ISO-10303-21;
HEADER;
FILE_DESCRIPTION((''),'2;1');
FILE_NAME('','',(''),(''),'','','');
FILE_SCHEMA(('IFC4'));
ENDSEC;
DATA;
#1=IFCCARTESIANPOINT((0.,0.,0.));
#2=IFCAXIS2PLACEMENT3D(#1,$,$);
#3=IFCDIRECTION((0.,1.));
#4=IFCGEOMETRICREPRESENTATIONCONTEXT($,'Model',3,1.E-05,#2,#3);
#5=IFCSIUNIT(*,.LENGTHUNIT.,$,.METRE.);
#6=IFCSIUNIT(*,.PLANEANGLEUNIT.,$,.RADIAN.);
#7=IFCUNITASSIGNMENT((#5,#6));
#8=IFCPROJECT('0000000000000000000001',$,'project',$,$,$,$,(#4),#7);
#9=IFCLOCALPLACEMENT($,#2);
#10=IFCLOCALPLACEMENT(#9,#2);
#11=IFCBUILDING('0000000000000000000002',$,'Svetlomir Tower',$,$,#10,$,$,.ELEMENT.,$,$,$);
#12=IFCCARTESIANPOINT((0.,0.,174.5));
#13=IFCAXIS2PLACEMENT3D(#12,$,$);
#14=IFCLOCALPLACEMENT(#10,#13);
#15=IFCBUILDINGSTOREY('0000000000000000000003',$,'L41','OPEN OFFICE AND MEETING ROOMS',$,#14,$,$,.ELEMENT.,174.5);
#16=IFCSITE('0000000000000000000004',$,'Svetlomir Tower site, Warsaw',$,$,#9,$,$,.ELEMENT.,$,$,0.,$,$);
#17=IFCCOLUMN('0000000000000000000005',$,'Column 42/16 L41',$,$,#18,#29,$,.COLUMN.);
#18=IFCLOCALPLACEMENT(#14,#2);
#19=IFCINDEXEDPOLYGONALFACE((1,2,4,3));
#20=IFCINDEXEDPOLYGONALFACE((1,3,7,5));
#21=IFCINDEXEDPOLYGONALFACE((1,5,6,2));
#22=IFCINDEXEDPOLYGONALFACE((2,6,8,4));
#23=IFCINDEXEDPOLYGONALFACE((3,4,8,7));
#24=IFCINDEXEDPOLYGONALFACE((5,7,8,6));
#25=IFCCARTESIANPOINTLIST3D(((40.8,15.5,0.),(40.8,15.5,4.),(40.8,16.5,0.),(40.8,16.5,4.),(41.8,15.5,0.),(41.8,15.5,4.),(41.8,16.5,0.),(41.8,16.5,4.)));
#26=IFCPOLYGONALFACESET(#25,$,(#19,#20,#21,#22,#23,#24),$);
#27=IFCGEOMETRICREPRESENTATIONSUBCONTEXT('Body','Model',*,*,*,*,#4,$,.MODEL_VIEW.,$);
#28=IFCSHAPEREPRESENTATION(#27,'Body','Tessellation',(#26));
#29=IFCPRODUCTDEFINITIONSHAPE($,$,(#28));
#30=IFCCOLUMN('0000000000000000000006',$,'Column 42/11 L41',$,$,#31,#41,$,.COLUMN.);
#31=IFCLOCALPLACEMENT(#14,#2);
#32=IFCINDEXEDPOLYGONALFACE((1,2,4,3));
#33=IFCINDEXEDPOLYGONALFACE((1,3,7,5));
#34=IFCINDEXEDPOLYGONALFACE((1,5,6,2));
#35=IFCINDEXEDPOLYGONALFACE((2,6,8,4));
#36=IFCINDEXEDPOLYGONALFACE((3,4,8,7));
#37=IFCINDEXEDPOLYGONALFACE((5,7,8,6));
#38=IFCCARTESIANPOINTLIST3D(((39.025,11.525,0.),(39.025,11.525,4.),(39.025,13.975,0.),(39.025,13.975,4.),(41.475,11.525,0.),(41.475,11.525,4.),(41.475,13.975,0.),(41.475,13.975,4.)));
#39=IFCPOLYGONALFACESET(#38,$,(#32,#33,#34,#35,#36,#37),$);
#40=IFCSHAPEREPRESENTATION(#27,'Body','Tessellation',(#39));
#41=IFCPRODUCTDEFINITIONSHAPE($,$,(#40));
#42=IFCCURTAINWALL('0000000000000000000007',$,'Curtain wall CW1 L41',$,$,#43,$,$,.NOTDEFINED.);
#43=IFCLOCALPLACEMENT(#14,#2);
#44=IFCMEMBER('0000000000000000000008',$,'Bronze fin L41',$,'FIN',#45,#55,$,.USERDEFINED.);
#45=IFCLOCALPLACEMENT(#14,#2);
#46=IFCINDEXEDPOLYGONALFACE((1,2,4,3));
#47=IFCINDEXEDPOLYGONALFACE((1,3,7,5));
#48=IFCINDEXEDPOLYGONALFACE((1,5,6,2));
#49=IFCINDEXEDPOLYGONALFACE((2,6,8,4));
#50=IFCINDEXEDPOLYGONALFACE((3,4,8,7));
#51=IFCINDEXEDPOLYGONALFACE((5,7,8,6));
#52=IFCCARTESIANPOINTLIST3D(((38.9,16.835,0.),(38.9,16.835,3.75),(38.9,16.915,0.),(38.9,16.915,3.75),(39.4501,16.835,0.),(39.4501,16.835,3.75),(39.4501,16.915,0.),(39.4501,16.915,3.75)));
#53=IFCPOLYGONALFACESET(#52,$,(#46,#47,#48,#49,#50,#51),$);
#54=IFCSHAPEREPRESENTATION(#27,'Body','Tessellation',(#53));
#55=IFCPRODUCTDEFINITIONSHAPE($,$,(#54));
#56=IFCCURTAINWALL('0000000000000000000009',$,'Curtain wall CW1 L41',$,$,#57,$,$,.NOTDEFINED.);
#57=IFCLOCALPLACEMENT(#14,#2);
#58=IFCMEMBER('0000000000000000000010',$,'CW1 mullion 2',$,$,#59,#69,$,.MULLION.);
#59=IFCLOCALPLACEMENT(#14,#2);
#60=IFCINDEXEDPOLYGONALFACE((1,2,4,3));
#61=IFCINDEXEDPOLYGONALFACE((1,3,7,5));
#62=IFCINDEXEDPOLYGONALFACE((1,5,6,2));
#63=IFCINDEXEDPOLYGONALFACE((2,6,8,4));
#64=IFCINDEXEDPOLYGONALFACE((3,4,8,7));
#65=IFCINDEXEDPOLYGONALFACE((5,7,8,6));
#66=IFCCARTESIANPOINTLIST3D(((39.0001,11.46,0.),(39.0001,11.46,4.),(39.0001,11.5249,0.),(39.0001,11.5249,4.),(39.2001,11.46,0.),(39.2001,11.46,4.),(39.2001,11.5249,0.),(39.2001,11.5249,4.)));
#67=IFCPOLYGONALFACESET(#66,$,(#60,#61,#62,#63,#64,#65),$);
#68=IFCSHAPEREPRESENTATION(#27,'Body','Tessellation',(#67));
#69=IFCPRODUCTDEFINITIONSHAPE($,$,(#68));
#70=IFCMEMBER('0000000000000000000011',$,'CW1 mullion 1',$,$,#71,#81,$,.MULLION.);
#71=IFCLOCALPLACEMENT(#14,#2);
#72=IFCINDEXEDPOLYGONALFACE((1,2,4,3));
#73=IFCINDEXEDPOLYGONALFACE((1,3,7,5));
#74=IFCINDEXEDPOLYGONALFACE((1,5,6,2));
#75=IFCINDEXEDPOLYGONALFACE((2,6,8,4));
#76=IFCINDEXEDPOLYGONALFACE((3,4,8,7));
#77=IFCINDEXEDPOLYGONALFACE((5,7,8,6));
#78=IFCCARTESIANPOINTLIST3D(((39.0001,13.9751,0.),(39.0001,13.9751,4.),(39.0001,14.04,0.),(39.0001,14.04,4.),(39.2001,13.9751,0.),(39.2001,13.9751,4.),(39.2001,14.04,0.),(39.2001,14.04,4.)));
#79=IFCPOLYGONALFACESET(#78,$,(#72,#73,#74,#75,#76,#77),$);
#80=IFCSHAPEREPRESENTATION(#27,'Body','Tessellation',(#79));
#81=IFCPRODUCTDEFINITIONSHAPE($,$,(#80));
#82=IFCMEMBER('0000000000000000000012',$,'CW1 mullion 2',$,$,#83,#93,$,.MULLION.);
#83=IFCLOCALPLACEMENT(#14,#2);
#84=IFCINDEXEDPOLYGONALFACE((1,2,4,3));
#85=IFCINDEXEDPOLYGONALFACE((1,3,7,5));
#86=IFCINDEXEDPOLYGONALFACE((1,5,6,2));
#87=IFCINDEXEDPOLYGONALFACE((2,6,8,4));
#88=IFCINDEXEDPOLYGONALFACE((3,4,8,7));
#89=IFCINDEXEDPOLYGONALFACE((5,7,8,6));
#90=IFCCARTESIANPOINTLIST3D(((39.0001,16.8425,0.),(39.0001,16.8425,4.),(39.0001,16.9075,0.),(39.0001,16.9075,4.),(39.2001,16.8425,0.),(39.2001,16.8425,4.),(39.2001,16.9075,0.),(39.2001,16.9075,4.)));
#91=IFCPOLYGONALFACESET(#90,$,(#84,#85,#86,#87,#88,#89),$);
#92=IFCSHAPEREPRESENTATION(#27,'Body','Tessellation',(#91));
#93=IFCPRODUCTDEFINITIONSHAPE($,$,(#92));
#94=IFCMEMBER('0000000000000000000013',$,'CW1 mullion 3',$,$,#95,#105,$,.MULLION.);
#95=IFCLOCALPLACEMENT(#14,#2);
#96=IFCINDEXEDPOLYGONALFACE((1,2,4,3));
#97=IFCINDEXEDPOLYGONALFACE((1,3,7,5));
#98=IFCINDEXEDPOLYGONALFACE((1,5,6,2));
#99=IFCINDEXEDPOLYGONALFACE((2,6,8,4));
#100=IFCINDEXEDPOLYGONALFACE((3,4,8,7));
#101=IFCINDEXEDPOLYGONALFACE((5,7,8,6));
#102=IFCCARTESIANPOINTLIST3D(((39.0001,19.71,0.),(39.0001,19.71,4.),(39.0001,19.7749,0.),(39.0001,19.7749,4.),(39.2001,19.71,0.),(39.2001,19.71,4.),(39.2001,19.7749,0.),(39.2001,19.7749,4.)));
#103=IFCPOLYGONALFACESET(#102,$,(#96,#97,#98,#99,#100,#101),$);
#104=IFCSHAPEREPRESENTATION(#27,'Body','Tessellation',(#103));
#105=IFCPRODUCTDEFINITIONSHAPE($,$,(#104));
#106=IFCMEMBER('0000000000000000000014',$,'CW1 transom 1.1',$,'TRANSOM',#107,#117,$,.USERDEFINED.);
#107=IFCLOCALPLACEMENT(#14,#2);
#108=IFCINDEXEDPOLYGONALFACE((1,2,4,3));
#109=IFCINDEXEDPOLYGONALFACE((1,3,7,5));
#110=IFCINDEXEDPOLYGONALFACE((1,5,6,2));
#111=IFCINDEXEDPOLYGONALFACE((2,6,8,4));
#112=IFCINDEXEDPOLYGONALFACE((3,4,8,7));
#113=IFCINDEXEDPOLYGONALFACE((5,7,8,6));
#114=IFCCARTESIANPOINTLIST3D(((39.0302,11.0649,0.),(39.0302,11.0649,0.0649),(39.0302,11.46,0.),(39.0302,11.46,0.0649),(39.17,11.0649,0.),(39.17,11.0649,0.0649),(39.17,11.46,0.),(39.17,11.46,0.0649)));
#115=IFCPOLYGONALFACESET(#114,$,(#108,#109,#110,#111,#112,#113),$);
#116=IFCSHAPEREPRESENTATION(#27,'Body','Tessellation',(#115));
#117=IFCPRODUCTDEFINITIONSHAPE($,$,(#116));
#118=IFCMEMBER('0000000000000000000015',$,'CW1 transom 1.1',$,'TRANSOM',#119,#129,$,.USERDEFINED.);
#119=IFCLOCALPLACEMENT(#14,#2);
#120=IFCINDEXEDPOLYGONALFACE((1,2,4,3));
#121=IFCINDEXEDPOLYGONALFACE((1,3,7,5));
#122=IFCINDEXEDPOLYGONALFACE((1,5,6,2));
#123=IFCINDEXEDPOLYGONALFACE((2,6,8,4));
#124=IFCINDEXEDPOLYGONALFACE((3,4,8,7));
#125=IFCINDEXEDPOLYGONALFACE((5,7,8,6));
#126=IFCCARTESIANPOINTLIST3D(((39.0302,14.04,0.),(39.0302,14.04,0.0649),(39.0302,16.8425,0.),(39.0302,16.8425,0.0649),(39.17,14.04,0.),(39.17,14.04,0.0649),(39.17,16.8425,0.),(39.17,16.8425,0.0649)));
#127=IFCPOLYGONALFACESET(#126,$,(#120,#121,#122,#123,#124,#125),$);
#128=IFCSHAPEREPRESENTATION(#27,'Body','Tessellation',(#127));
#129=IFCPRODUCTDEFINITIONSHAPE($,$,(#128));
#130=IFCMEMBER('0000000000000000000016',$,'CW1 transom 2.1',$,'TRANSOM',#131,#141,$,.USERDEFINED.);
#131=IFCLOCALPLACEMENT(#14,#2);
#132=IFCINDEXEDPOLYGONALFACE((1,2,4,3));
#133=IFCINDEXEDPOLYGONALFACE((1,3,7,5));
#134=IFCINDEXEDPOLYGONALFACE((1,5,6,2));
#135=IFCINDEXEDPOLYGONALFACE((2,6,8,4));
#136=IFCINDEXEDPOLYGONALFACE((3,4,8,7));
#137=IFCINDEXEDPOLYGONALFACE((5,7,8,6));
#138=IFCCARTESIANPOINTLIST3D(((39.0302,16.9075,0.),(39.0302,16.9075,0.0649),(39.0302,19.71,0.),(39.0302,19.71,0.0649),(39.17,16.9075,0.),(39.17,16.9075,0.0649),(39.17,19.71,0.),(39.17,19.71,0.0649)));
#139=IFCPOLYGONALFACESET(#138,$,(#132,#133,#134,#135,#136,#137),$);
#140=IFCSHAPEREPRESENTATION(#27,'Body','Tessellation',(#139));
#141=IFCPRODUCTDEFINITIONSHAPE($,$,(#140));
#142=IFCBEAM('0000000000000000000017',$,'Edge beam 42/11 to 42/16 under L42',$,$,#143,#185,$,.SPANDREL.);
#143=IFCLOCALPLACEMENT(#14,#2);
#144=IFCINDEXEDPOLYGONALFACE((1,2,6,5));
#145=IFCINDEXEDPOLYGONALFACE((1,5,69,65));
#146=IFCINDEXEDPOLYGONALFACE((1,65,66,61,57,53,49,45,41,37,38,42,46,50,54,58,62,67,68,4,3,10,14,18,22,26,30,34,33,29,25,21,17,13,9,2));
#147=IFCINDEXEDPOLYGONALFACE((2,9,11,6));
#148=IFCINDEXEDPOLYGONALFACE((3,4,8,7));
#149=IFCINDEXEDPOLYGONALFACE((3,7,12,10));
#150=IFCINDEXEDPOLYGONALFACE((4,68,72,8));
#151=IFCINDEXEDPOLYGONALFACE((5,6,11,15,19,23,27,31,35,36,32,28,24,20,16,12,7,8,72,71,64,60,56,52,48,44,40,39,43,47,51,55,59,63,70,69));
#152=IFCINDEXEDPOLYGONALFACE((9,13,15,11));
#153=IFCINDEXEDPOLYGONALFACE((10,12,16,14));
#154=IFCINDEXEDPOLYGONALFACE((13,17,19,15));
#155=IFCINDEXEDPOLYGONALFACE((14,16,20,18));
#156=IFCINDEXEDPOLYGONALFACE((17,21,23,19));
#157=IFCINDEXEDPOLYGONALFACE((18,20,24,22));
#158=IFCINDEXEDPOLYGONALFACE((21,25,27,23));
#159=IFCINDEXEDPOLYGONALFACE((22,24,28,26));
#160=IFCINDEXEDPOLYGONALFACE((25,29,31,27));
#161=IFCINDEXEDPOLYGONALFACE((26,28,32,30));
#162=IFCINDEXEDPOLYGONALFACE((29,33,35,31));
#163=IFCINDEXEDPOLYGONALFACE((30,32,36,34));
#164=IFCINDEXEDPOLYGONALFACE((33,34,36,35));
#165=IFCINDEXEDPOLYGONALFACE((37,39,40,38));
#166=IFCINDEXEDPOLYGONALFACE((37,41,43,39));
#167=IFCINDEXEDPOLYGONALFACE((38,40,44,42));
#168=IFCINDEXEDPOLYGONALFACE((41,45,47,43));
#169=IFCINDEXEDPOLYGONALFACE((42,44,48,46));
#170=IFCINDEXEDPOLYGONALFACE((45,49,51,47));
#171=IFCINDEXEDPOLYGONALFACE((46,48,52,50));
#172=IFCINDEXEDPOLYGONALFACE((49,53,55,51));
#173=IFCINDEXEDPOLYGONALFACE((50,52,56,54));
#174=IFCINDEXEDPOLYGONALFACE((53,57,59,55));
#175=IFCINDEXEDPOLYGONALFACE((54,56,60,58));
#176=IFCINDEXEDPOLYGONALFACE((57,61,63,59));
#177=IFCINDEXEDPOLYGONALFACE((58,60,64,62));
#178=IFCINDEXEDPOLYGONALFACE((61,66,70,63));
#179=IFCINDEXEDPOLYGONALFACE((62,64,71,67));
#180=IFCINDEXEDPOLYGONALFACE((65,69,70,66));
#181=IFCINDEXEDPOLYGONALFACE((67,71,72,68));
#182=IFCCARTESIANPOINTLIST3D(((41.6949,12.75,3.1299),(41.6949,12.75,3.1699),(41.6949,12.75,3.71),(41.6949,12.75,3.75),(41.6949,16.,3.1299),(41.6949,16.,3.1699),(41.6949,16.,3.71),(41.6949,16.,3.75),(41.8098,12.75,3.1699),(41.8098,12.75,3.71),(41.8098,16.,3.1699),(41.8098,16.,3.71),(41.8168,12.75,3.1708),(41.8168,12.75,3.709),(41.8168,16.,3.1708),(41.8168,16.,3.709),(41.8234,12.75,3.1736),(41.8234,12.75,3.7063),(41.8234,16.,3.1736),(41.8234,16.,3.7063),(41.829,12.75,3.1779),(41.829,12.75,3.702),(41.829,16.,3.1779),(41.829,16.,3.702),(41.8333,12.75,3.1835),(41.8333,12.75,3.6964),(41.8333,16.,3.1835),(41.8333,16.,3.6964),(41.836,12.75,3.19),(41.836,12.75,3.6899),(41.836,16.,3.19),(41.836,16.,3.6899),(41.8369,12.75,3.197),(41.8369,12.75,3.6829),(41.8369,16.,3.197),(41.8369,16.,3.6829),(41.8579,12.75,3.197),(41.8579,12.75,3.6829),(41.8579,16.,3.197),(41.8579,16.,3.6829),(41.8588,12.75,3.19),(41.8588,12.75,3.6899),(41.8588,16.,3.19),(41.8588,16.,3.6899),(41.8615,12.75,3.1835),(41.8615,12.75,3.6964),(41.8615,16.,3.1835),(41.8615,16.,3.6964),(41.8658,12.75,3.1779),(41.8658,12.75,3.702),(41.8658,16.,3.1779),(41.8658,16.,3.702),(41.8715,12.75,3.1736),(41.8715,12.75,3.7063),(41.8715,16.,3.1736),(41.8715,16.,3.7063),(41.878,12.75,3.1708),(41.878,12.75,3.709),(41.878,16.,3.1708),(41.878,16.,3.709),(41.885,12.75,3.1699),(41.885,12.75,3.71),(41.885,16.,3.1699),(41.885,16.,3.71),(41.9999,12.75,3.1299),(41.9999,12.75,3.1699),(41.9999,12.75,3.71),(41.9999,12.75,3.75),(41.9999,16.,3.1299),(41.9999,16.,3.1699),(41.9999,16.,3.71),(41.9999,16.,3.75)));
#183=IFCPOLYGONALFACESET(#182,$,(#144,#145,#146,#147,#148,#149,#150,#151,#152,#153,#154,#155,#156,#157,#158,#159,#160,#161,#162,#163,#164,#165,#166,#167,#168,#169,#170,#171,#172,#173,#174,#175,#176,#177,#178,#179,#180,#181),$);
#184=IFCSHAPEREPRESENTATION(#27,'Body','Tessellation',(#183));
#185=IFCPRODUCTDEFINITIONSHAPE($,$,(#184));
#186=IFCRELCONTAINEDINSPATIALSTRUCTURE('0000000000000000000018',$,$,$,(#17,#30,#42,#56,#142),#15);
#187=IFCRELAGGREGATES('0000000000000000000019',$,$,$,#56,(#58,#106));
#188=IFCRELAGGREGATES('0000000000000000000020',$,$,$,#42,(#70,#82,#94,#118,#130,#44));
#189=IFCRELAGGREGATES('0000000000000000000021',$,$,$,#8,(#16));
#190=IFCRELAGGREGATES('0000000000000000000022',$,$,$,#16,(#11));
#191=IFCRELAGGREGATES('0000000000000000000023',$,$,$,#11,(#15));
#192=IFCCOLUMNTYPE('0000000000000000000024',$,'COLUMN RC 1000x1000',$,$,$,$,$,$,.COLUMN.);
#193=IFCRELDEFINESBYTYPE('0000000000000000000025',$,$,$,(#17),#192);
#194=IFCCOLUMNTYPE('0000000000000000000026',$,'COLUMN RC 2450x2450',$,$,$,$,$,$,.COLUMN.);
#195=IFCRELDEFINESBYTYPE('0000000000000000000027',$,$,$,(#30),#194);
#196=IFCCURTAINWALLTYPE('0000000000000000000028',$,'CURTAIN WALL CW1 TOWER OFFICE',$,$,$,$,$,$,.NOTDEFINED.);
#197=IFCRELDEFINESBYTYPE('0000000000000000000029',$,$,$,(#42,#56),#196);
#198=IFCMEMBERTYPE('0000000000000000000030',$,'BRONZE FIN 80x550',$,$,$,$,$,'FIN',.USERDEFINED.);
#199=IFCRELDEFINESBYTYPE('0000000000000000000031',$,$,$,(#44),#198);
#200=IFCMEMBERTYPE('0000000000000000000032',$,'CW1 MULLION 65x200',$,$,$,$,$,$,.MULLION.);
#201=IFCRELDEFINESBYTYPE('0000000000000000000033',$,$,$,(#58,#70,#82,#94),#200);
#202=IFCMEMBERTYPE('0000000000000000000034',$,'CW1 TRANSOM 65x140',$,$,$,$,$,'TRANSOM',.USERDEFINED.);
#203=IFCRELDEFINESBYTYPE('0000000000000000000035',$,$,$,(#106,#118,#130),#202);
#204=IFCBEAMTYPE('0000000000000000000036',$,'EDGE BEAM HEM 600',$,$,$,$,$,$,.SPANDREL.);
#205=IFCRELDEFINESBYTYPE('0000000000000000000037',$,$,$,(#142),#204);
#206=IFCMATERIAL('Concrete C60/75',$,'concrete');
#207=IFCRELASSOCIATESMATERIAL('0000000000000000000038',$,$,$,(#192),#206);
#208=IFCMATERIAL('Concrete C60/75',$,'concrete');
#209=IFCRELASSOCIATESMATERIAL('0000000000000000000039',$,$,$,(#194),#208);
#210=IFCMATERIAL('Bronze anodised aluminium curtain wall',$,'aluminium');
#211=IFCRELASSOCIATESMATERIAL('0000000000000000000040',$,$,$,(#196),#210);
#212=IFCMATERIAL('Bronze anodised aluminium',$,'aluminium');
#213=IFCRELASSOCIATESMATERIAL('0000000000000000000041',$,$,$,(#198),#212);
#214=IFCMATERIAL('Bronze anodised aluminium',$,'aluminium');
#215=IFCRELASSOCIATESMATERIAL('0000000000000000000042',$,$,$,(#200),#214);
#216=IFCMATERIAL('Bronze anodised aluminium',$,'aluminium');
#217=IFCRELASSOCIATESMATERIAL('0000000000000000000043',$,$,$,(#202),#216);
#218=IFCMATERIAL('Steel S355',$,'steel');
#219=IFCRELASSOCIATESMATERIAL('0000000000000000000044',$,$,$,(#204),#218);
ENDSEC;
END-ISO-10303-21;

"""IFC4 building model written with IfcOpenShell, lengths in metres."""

from ifc_helpers import new_model, si_unit, direction, frame, origin, origin_2d, place, context, subcontext, project, spatial, rectangle, i_section, extrude, material, material_profile, profile_set, type_object, element, aggregate, save


model = new_model("IFC4")

# Units and contexts
model_context = context("Model", 3, precision=1e-05, world=origin(), true_north=direction((0.0, 1.0)))
body_context = subcontext(model_context, "Body", "Model", "MODEL_VIEW")
ifc_project = project(units=[si_unit("LENGTHUNIT", "METRE"), si_unit("PLANEANGLEUNIT", "RADIAN")], contexts=[model_context])

# Site, building, storey
site_placement = place(None, origin())
site = spatial("IfcSite", under=ifc_project, at=site_placement, Name="Svetlomir Tower site, Warsaw", CompositionType="ELEMENT", RefElevation=0.0)
building_placement = place(site_placement, origin())
building = spatial("IfcBuilding", under=site, at=building_placement, Name="Svetlomir Tower", CompositionType="ELEMENT")
storey_placement = place(building_placement, frame((0.0, 0.0, 174.5)))
storey = spatial("IfcBuildingStorey", under=building, at=storey_placement, Name="L41", Description="OPEN OFFICE AND MEETING ROOMS", CompositionType="ELEMENT", Elevation=174.5)

# Columns
ifc_material_1 = material(Name="Concrete C60/75", Category="concrete")
ifc_material_profile_1 = material_profile(ifc_material_1, rectangle(XDim=1.0, YDim=1.0, at=origin_2d()), Name="RC 1000x1000")
ifc_profile_set_1 = profile_set([ifc_material_profile_1], Name="Concrete C60/75")
column_type_1 = type_object("IfcColumnType", Name="COLUMN RC 1000x1000", PredefinedType="COLUMN", material=ifc_profile_set_1)
column_1_placement = place(storey_placement, frame((41.3, 16.0, 0.0), z_axis=(0.0, 0.0, 1.0), x_axis=(1.0, 0.0, 0.0)))
element("IfcColumn", 1, at=column_1_placement, inside=storey, type_object=column_type_1, Name="Column 42/16 L41", PredefinedType="COLUMN", context=body_context, shape_type="SweptSolid", body=[
    extrude(rectangle(XDim=1.0, YDim=1.0, at=origin_2d()), origin(), (0.0, 0.0, 1.0), 4.0),
])
ifc_material_2 = material(Name="Concrete C60/75", Category="concrete")
ifc_material_profile_2 = material_profile(ifc_material_2, rectangle(XDim=2.45, YDim=2.45, at=origin_2d()), Name="RC 2450x2450")
ifc_profile_set_2 = profile_set([ifc_material_profile_2], Name="Concrete C60/75")
column_type_2 = type_object("IfcColumnType", Name="COLUMN RC 2450x2450", PredefinedType="COLUMN", material=ifc_profile_set_2)
column_2_placement = place(storey_placement, frame((40.25, 12.75, 0.0), z_axis=(0.0, 0.0, 1.0), x_axis=(1.0, 0.0, 0.0)))
element("IfcColumn", 2, at=column_2_placement, inside=storey, type_object=column_type_2, Name="Column 42/11 L41", PredefinedType="COLUMN", context=body_context, shape_type="SweptSolid", body=[
    extrude(rectangle(XDim=2.45, YDim=2.45, at=origin_2d()), origin(), (0.0, 0.0, 1.0), 4.0),
])

# Curtain walls, members
ifc_material_3 = material(Name="Bronze anodised aluminium curtain wall", Category="aluminium")
curtain_wall_type = type_object("IfcCurtainWallType", Name="CURTAIN WALL CW1 TOWER OFFICE", PredefinedType="NOTDEFINED", material=ifc_material_3)
curtain_wall_1_placement = place(storey_placement, origin())
curtain_wall_1 = element("IfcCurtainWall", 3, at=curtain_wall_1_placement, inside=storey, type_object=curtain_wall_type, Name="Curtain wall CW1 L41", PredefinedType="NOTDEFINED")
ifc_material_4 = material(Name="Bronze anodised aluminium", Category="aluminium")
ifc_material_profile_3 = material_profile(ifc_material_4, rectangle(XDim=0.0801, YDim=0.55, at=origin_2d()), Name="FIN 80x550")
ifc_profile_set_3 = profile_set([ifc_material_profile_3], Name="Bronze anodised aluminium 6063-T6")
member_type_1 = type_object("IfcMemberType", Name="BRONZE FIN 80x550", ElementType="FIN", PredefinedType="USERDEFINED", material=ifc_profile_set_3)
member_1_placement = place(storey_placement, frame((39.175, 16.875, 0.0), z_axis=(0.0, 0.0, 1.0), x_axis=(0.0, 1.0, 0.0)))
member_1 = element("IfcMember", 4, at=member_1_placement, type_object=member_type_1, Name="Bronze fin L41", ObjectType="FIN", PredefinedType="USERDEFINED", context=body_context, shape_type="SweptSolid", body=[
    extrude(rectangle(XDim=0.0801, YDim=0.55, at=origin_2d()), origin(), (0.0, 0.0, 1.0), 3.75),
])
curtain_wall_2_placement = place(storey_placement, origin())
curtain_wall_2 = element("IfcCurtainWall", 5, at=curtain_wall_2_placement, inside=storey, type_object=curtain_wall_type, Name="Curtain wall CW1 L41", PredefinedType="NOTDEFINED")
ifc_material_5 = material(Name="Bronze anodised aluminium", Category="aluminium")
ifc_material_profile_4 = material_profile(ifc_material_5, rectangle(XDim=0.0649, YDim=0.2, at=origin_2d()), Name="AL 65x200")
ifc_profile_set_4 = profile_set([ifc_material_profile_4], Name="Bronze anodised aluminium 6063-T6")
member_type_2 = type_object("IfcMemberType", Name="CW1 MULLION 65x200", PredefinedType="MULLION", material=ifc_profile_set_4)
member_2_placement = place(storey_placement, frame((39.1001, 11.4924, 0.0), z_axis=(0.0, 0.0, 1.0), x_axis=(0.0, 1.0, 0.0)))
member_2 = element("IfcMember", 6, at=member_2_placement, type_object=member_type_2, Name="CW1 mullion 2", PredefinedType="MULLION", context=body_context, shape_type="SweptSolid", body=[
    extrude(rectangle(XDim=0.0649, YDim=0.2, at=origin_2d()), origin(), (0.0, 0.0, 1.0), 4.0),
])

# Members
member_3_placement = place(storey_placement, frame((39.1001, 14.0076, 0.0), z_axis=(0.0, 0.0, 1.0), x_axis=(0.0, 1.0, 0.0)))
member_3 = element("IfcMember", 7, at=member_3_placement, type_object=member_type_2, Name="CW1 mullion 1", PredefinedType="MULLION", context=body_context, shape_type="SweptSolid", body=[
    extrude(rectangle(XDim=0.0649, YDim=0.2, at=origin_2d()), origin(), (0.0, 0.0, 1.0), 4.0),
])
member_4_placement = place(storey_placement, frame((39.1001, 16.875, 0.0), z_axis=(0.0, 0.0, 1.0), x_axis=(0.0, 1.0, 0.0)))
member_4 = element("IfcMember", 8, at=member_4_placement, type_object=member_type_2, Name="CW1 mullion 2", PredefinedType="MULLION", context=body_context, shape_type="SweptSolid", body=[
    extrude(rectangle(XDim=0.0649, YDim=0.2, at=origin_2d()), origin(), (0.0, 0.0, 1.0), 4.0),
])
member_5_placement = place(storey_placement, frame((39.1001, 19.7424, 0.0), z_axis=(0.0, 0.0, 1.0), x_axis=(0.0, 1.0, 0.0)))
member_5 = element("IfcMember", 9, at=member_5_placement, type_object=member_type_2, Name="CW1 mullion 3", PredefinedType="MULLION", context=body_context, shape_type="SweptSolid", body=[
    extrude(rectangle(XDim=0.0649, YDim=0.2, at=origin_2d()), origin(), (0.0, 0.0, 1.0), 4.0),
])
ifc_material_6 = material(Name="Bronze anodised aluminium", Category="aluminium")
ifc_material_profile_5 = material_profile(ifc_material_6, rectangle(XDim=0.1399, YDim=0.0649, at=origin_2d()), Name="AL 140x65")
ifc_profile_set_5 = profile_set([ifc_material_profile_5], Name="Bronze anodised aluminium 6063-T6")
member_type_3 = type_object("IfcMemberType", Name="CW1 TRANSOM 65x140", ElementType="TRANSOM", PredefinedType="USERDEFINED", material=ifc_profile_set_5)
member_6_placement = place(storey_placement, frame((39.1001, 11.0649, 0.0325), z_axis=(0.0, 1.0, 0.0), x_axis=(-1.0, 0.0, 0.0)))
member_6 = element("IfcMember", 10, at=member_6_placement, type_object=member_type_3, Name="CW1 transom 1.1", ObjectType="TRANSOM", PredefinedType="USERDEFINED", context=body_context, shape_type="SweptSolid", body=[
    extrude(rectangle(XDim=0.1399, YDim=0.0649, at=origin_2d()), origin(), (0.0, 0.0, 1.0), 0.395),
])
member_7_placement = place(storey_placement, frame((39.1001, 14.04, 0.0325), z_axis=(0.0, 1.0, 0.0), x_axis=(-1.0, 0.0, 0.0)))
member_7 = element("IfcMember", 11, at=member_7_placement, type_object=member_type_3, Name="CW1 transom 1.1", ObjectType="TRANSOM", PredefinedType="USERDEFINED", context=body_context, shape_type="SweptSolid", body=[
    extrude(rectangle(XDim=0.1399, YDim=0.0649, at=origin_2d()), origin(), (0.0, 0.0, 1.0), 2.8025),
])
member_8_placement = place(storey_placement, frame((39.1001, 16.9075, 0.0325), z_axis=(0.0, 1.0, 0.0), x_axis=(-1.0, 0.0, 0.0)))
member_8 = element("IfcMember", 12, at=member_8_placement, type_object=member_type_3, Name="CW1 transom 2.1", ObjectType="TRANSOM", PredefinedType="USERDEFINED", context=body_context, shape_type="SweptSolid", body=[
    extrude(rectangle(XDim=0.1399, YDim=0.0649, at=origin_2d()), origin(), (0.0, 0.0, 1.0), 2.8025),
])

# Beam
ifc_material_7 = material(Name="Steel S355", Category="steel")
ifc_material_profile_6 = material_profile(ifc_material_7, i_section(OverallWidth=0.3049, OverallDepth=0.6201, WebThickness=0.021, FlangeThickness=0.04, FilletRadius=0.0271, at=origin_2d()), Name="HEM 600")
ifc_profile_set_6 = profile_set([ifc_material_profile_6], Name="Steel S355")
beam_type_1 = type_object("IfcBeamType", Name="EDGE BEAM HEM 600", PredefinedType="SPANDREL", material=ifc_profile_set_6)
beam_1_placement = place(storey_placement, frame((41.8474, 12.75, 3.4399), z_axis=(0.0, 1.0, 0.0), x_axis=(-1.0, 0.0, 0.0)))
element("IfcBeam", 13, at=beam_1_placement, inside=storey, type_object=beam_type_1, Name="Edge beam 42/11 to 42/16 under L42", PredefinedType="SPANDREL", context=body_context, shape_type="SweptSolid", body=[
    extrude(i_section(OverallWidth=0.3049, OverallDepth=0.6201, WebThickness=0.021, FlangeThickness=0.04, FilletRadius=0.0271, at=origin_2d()), origin(), (0.0, 0.0, 1.0), 3.25),
])

aggregate(curtain_wall_2, [member_2, member_6])
aggregate(curtain_wall_1, [member_3, member_4, member_5, member_7, member_8, member_1])

save(model, "model.ifc")
